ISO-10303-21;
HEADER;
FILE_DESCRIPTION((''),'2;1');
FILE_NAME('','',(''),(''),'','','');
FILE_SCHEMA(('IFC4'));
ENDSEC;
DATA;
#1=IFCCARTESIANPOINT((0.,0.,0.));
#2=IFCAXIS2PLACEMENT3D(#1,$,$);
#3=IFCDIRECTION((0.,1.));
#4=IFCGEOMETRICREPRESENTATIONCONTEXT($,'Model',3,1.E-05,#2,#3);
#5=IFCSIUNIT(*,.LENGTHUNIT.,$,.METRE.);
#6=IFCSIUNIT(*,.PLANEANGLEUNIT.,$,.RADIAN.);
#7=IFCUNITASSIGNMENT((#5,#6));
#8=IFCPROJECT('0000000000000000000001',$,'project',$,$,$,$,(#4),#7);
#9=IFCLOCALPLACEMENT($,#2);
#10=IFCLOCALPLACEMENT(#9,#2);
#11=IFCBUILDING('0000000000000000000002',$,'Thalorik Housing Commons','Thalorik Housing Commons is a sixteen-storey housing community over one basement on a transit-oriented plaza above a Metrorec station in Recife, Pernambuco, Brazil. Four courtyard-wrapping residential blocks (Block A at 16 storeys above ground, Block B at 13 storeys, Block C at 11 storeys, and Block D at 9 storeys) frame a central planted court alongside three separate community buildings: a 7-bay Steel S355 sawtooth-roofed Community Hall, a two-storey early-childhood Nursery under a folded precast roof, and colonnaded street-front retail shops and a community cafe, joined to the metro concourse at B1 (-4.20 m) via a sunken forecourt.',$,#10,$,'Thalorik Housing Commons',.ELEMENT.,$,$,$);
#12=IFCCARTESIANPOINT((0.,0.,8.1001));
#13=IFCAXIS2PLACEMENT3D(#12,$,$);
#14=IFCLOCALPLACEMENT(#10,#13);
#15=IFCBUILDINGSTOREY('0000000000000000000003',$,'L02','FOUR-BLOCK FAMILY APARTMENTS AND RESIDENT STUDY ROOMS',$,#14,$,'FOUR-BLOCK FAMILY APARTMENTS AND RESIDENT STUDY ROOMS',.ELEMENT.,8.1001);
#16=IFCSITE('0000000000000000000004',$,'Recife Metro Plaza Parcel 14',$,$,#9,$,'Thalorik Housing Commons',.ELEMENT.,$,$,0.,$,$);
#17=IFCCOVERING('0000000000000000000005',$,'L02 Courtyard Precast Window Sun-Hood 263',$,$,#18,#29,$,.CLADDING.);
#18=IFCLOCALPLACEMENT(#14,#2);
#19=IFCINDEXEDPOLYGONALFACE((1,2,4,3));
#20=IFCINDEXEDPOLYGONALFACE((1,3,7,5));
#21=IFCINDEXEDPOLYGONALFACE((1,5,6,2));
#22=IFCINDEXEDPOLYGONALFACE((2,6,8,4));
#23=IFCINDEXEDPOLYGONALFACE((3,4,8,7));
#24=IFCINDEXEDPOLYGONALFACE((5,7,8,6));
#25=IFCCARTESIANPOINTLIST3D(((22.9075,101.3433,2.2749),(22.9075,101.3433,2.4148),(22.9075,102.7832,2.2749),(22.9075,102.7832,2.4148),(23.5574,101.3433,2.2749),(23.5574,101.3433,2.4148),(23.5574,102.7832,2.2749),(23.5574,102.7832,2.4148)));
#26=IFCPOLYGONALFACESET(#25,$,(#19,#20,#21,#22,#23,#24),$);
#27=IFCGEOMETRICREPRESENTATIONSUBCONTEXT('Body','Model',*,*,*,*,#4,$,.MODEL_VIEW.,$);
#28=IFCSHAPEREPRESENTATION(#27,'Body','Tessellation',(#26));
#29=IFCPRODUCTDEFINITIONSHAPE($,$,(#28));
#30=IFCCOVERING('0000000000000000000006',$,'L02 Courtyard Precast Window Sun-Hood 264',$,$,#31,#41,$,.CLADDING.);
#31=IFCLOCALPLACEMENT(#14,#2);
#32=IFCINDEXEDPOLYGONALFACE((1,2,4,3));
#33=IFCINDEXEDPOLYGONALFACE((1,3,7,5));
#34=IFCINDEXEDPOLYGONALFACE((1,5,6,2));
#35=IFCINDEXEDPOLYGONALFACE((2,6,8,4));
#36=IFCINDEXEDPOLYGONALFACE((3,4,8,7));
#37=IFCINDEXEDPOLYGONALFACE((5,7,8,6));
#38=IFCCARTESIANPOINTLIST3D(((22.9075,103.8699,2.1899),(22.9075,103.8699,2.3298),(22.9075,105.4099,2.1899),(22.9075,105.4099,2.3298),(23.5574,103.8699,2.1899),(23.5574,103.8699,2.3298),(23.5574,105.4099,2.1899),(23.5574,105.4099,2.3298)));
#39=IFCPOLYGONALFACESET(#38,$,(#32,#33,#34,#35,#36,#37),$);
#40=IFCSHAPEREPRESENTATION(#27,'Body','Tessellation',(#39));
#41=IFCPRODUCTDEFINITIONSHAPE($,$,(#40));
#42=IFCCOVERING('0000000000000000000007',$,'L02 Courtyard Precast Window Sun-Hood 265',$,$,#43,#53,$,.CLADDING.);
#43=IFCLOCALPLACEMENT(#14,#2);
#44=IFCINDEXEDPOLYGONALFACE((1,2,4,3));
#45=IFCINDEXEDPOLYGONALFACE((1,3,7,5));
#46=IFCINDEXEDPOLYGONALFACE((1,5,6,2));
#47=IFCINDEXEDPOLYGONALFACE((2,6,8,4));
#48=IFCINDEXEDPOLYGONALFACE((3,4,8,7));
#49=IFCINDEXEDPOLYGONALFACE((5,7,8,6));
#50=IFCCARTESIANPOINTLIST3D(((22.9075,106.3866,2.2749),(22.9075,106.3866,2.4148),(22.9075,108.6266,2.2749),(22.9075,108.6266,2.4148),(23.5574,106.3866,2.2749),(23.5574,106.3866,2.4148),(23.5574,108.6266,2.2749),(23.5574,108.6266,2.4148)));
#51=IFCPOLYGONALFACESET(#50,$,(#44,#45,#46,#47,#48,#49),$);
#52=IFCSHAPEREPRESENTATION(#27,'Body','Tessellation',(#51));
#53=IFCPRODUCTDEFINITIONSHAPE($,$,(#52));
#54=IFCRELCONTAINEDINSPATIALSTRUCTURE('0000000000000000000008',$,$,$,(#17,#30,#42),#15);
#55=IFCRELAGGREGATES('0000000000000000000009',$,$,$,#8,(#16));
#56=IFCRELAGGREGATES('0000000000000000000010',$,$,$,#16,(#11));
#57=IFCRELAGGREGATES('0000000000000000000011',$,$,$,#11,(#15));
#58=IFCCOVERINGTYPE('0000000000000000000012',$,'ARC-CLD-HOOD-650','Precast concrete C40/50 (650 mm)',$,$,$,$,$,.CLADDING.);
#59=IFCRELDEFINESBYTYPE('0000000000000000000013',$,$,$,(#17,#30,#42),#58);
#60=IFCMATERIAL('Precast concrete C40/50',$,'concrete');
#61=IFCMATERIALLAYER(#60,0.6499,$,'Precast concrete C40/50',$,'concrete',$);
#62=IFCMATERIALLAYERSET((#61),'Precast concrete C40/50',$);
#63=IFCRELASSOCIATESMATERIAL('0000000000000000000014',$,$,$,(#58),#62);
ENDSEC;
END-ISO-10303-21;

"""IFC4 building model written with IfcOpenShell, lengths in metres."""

from ifc_helpers import new_model, si_unit, direction, frame, origin, origin_2d, place, context, subcontext, project, spatial, rectangle, extrude, material, layer, layer_set, type_object, element, save


model = new_model("IFC4")

# Units and contexts
model_context = context("Model", 3, precision=1e-05, world=origin(), true_north=direction((0.0, 1.0)))
body_context = subcontext(model_context, "Body", "Model", "MODEL_VIEW")
ifc_project = project(units=[si_unit("LENGTHUNIT", "METRE"), si_unit("PLANEANGLEUNIT", "RADIAN")], contexts=[model_context])

# Site, building, storey
site_placement = place(None, origin())
site = spatial("IfcSite", under=ifc_project, at=site_placement, Name="Recife Metro Plaza Parcel 14", LongName="Thalorik Housing Commons", CompositionType="ELEMENT", RefElevation=0.0)
building_placement = place(site_placement, origin())
building = spatial("IfcBuilding", under=site, at=building_placement, Name="Thalorik Housing Commons", Description="Thalorik Housing Commons is a sixteen-storey housing community over one basement on a transit-oriented plaza above a Metrorec station in Recife, Pernambuco, Brazil. Four courtyard-wrapping residential blocks (Block A at 16 storeys above ground, Block B at 13 storeys, Block C at 11 storeys, and Block D at 9 storeys) frame a central planted court alongside three separate community buildings: a 7-bay Steel S355 sawtooth-roofed Community Hall, a two-storey early-childhood Nursery under a folded precast roof, and colonnaded street-front retail shops and a community cafe, joined to the metro concourse at B1 (-4.20 m) via a sunken forecourt.", LongName="Thalorik Housing Commons", CompositionType="ELEMENT")
storey_placement = place(building_placement, frame((0.0, 0.0, 8.1001)))
storey = spatial("IfcBuildingStorey", under=building, at=storey_placement, Name="L02", Description="FOUR-BLOCK FAMILY APARTMENTS AND RESIDENT STUDY ROOMS", LongName="FOUR-BLOCK FAMILY APARTMENTS AND RESIDENT STUDY ROOMS", CompositionType="ELEMENT", Elevation=8.1001)

# Shared definitions
ifc_material_1 = material(Name="Precast concrete C40/50", Category="concrete")

# Coverings
ifc_layer_1 = layer(ifc_material_1, 0.6499, Name="Precast concrete C40/50", Category="concrete")
ifc_layer_set_1 = layer_set([ifc_layer_1], Name="Precast concrete C40/50")
covering_type_1 = type_object("IfcCoveringType", Name="ARC-CLD-HOOD-650", Description="Precast concrete C40/50 (650 mm)", PredefinedType="CLADDING", material=ifc_layer_set_1)
covering_1_placement = place(storey_placement, frame((23.2324, 102.0632, 2.2749), z_axis=(0.0, 0.0, 1.0), x_axis=(0.0, 1.0, 0.0)))
element("IfcCovering", 1, at=covering_1_placement, inside=storey, type_object=covering_type_1, Name="L02 Courtyard Precast Window Sun-Hood 263", PredefinedType="CLADDING", context=body_context, shape_type="SweptSolid", body=[
    extrude(rectangle(XDim=1.4399, YDim=0.6499, at=origin_2d()), origin(), (0.0, 0.0, 1.0), 0.1399),
])
covering_2_placement = place(storey_placement, frame((23.2324, 104.6399, 2.1899), z_axis=(0.0, 0.0, 1.0), x_axis=(0.0, 1.0, 0.0)))
element("IfcCovering", 2, at=covering_2_placement, inside=storey, type_object=covering_type_1, Name="L02 Courtyard Precast Window Sun-Hood 264", PredefinedType="CLADDING", context=body_context, shape_type="SweptSolid", body=[
    extrude(rectangle(XDim=1.54, YDim=0.6499, at=origin_2d()), origin(), (0.0, 0.0, 1.0), 0.1399),
])
covering_3_placement = place(storey_placement, frame((23.2324, 107.5066, 2.2749), z_axis=(0.0, 0.0, 1.0), x_axis=(0.0, 1.0, 0.0)))
element("IfcCovering", 3, at=covering_3_placement, inside=storey, type_object=covering_type_1, Name="L02 Courtyard Precast Window Sun-Hood 265", PredefinedType="CLADDING", context=body_context, shape_type="SweptSolid", body=[
    extrude(rectangle(XDim=2.24, YDim=0.6499, at=origin_2d()), origin(), (0.0, 0.0, 1.0), 0.1399),
])

save(model, "model.ifc")
